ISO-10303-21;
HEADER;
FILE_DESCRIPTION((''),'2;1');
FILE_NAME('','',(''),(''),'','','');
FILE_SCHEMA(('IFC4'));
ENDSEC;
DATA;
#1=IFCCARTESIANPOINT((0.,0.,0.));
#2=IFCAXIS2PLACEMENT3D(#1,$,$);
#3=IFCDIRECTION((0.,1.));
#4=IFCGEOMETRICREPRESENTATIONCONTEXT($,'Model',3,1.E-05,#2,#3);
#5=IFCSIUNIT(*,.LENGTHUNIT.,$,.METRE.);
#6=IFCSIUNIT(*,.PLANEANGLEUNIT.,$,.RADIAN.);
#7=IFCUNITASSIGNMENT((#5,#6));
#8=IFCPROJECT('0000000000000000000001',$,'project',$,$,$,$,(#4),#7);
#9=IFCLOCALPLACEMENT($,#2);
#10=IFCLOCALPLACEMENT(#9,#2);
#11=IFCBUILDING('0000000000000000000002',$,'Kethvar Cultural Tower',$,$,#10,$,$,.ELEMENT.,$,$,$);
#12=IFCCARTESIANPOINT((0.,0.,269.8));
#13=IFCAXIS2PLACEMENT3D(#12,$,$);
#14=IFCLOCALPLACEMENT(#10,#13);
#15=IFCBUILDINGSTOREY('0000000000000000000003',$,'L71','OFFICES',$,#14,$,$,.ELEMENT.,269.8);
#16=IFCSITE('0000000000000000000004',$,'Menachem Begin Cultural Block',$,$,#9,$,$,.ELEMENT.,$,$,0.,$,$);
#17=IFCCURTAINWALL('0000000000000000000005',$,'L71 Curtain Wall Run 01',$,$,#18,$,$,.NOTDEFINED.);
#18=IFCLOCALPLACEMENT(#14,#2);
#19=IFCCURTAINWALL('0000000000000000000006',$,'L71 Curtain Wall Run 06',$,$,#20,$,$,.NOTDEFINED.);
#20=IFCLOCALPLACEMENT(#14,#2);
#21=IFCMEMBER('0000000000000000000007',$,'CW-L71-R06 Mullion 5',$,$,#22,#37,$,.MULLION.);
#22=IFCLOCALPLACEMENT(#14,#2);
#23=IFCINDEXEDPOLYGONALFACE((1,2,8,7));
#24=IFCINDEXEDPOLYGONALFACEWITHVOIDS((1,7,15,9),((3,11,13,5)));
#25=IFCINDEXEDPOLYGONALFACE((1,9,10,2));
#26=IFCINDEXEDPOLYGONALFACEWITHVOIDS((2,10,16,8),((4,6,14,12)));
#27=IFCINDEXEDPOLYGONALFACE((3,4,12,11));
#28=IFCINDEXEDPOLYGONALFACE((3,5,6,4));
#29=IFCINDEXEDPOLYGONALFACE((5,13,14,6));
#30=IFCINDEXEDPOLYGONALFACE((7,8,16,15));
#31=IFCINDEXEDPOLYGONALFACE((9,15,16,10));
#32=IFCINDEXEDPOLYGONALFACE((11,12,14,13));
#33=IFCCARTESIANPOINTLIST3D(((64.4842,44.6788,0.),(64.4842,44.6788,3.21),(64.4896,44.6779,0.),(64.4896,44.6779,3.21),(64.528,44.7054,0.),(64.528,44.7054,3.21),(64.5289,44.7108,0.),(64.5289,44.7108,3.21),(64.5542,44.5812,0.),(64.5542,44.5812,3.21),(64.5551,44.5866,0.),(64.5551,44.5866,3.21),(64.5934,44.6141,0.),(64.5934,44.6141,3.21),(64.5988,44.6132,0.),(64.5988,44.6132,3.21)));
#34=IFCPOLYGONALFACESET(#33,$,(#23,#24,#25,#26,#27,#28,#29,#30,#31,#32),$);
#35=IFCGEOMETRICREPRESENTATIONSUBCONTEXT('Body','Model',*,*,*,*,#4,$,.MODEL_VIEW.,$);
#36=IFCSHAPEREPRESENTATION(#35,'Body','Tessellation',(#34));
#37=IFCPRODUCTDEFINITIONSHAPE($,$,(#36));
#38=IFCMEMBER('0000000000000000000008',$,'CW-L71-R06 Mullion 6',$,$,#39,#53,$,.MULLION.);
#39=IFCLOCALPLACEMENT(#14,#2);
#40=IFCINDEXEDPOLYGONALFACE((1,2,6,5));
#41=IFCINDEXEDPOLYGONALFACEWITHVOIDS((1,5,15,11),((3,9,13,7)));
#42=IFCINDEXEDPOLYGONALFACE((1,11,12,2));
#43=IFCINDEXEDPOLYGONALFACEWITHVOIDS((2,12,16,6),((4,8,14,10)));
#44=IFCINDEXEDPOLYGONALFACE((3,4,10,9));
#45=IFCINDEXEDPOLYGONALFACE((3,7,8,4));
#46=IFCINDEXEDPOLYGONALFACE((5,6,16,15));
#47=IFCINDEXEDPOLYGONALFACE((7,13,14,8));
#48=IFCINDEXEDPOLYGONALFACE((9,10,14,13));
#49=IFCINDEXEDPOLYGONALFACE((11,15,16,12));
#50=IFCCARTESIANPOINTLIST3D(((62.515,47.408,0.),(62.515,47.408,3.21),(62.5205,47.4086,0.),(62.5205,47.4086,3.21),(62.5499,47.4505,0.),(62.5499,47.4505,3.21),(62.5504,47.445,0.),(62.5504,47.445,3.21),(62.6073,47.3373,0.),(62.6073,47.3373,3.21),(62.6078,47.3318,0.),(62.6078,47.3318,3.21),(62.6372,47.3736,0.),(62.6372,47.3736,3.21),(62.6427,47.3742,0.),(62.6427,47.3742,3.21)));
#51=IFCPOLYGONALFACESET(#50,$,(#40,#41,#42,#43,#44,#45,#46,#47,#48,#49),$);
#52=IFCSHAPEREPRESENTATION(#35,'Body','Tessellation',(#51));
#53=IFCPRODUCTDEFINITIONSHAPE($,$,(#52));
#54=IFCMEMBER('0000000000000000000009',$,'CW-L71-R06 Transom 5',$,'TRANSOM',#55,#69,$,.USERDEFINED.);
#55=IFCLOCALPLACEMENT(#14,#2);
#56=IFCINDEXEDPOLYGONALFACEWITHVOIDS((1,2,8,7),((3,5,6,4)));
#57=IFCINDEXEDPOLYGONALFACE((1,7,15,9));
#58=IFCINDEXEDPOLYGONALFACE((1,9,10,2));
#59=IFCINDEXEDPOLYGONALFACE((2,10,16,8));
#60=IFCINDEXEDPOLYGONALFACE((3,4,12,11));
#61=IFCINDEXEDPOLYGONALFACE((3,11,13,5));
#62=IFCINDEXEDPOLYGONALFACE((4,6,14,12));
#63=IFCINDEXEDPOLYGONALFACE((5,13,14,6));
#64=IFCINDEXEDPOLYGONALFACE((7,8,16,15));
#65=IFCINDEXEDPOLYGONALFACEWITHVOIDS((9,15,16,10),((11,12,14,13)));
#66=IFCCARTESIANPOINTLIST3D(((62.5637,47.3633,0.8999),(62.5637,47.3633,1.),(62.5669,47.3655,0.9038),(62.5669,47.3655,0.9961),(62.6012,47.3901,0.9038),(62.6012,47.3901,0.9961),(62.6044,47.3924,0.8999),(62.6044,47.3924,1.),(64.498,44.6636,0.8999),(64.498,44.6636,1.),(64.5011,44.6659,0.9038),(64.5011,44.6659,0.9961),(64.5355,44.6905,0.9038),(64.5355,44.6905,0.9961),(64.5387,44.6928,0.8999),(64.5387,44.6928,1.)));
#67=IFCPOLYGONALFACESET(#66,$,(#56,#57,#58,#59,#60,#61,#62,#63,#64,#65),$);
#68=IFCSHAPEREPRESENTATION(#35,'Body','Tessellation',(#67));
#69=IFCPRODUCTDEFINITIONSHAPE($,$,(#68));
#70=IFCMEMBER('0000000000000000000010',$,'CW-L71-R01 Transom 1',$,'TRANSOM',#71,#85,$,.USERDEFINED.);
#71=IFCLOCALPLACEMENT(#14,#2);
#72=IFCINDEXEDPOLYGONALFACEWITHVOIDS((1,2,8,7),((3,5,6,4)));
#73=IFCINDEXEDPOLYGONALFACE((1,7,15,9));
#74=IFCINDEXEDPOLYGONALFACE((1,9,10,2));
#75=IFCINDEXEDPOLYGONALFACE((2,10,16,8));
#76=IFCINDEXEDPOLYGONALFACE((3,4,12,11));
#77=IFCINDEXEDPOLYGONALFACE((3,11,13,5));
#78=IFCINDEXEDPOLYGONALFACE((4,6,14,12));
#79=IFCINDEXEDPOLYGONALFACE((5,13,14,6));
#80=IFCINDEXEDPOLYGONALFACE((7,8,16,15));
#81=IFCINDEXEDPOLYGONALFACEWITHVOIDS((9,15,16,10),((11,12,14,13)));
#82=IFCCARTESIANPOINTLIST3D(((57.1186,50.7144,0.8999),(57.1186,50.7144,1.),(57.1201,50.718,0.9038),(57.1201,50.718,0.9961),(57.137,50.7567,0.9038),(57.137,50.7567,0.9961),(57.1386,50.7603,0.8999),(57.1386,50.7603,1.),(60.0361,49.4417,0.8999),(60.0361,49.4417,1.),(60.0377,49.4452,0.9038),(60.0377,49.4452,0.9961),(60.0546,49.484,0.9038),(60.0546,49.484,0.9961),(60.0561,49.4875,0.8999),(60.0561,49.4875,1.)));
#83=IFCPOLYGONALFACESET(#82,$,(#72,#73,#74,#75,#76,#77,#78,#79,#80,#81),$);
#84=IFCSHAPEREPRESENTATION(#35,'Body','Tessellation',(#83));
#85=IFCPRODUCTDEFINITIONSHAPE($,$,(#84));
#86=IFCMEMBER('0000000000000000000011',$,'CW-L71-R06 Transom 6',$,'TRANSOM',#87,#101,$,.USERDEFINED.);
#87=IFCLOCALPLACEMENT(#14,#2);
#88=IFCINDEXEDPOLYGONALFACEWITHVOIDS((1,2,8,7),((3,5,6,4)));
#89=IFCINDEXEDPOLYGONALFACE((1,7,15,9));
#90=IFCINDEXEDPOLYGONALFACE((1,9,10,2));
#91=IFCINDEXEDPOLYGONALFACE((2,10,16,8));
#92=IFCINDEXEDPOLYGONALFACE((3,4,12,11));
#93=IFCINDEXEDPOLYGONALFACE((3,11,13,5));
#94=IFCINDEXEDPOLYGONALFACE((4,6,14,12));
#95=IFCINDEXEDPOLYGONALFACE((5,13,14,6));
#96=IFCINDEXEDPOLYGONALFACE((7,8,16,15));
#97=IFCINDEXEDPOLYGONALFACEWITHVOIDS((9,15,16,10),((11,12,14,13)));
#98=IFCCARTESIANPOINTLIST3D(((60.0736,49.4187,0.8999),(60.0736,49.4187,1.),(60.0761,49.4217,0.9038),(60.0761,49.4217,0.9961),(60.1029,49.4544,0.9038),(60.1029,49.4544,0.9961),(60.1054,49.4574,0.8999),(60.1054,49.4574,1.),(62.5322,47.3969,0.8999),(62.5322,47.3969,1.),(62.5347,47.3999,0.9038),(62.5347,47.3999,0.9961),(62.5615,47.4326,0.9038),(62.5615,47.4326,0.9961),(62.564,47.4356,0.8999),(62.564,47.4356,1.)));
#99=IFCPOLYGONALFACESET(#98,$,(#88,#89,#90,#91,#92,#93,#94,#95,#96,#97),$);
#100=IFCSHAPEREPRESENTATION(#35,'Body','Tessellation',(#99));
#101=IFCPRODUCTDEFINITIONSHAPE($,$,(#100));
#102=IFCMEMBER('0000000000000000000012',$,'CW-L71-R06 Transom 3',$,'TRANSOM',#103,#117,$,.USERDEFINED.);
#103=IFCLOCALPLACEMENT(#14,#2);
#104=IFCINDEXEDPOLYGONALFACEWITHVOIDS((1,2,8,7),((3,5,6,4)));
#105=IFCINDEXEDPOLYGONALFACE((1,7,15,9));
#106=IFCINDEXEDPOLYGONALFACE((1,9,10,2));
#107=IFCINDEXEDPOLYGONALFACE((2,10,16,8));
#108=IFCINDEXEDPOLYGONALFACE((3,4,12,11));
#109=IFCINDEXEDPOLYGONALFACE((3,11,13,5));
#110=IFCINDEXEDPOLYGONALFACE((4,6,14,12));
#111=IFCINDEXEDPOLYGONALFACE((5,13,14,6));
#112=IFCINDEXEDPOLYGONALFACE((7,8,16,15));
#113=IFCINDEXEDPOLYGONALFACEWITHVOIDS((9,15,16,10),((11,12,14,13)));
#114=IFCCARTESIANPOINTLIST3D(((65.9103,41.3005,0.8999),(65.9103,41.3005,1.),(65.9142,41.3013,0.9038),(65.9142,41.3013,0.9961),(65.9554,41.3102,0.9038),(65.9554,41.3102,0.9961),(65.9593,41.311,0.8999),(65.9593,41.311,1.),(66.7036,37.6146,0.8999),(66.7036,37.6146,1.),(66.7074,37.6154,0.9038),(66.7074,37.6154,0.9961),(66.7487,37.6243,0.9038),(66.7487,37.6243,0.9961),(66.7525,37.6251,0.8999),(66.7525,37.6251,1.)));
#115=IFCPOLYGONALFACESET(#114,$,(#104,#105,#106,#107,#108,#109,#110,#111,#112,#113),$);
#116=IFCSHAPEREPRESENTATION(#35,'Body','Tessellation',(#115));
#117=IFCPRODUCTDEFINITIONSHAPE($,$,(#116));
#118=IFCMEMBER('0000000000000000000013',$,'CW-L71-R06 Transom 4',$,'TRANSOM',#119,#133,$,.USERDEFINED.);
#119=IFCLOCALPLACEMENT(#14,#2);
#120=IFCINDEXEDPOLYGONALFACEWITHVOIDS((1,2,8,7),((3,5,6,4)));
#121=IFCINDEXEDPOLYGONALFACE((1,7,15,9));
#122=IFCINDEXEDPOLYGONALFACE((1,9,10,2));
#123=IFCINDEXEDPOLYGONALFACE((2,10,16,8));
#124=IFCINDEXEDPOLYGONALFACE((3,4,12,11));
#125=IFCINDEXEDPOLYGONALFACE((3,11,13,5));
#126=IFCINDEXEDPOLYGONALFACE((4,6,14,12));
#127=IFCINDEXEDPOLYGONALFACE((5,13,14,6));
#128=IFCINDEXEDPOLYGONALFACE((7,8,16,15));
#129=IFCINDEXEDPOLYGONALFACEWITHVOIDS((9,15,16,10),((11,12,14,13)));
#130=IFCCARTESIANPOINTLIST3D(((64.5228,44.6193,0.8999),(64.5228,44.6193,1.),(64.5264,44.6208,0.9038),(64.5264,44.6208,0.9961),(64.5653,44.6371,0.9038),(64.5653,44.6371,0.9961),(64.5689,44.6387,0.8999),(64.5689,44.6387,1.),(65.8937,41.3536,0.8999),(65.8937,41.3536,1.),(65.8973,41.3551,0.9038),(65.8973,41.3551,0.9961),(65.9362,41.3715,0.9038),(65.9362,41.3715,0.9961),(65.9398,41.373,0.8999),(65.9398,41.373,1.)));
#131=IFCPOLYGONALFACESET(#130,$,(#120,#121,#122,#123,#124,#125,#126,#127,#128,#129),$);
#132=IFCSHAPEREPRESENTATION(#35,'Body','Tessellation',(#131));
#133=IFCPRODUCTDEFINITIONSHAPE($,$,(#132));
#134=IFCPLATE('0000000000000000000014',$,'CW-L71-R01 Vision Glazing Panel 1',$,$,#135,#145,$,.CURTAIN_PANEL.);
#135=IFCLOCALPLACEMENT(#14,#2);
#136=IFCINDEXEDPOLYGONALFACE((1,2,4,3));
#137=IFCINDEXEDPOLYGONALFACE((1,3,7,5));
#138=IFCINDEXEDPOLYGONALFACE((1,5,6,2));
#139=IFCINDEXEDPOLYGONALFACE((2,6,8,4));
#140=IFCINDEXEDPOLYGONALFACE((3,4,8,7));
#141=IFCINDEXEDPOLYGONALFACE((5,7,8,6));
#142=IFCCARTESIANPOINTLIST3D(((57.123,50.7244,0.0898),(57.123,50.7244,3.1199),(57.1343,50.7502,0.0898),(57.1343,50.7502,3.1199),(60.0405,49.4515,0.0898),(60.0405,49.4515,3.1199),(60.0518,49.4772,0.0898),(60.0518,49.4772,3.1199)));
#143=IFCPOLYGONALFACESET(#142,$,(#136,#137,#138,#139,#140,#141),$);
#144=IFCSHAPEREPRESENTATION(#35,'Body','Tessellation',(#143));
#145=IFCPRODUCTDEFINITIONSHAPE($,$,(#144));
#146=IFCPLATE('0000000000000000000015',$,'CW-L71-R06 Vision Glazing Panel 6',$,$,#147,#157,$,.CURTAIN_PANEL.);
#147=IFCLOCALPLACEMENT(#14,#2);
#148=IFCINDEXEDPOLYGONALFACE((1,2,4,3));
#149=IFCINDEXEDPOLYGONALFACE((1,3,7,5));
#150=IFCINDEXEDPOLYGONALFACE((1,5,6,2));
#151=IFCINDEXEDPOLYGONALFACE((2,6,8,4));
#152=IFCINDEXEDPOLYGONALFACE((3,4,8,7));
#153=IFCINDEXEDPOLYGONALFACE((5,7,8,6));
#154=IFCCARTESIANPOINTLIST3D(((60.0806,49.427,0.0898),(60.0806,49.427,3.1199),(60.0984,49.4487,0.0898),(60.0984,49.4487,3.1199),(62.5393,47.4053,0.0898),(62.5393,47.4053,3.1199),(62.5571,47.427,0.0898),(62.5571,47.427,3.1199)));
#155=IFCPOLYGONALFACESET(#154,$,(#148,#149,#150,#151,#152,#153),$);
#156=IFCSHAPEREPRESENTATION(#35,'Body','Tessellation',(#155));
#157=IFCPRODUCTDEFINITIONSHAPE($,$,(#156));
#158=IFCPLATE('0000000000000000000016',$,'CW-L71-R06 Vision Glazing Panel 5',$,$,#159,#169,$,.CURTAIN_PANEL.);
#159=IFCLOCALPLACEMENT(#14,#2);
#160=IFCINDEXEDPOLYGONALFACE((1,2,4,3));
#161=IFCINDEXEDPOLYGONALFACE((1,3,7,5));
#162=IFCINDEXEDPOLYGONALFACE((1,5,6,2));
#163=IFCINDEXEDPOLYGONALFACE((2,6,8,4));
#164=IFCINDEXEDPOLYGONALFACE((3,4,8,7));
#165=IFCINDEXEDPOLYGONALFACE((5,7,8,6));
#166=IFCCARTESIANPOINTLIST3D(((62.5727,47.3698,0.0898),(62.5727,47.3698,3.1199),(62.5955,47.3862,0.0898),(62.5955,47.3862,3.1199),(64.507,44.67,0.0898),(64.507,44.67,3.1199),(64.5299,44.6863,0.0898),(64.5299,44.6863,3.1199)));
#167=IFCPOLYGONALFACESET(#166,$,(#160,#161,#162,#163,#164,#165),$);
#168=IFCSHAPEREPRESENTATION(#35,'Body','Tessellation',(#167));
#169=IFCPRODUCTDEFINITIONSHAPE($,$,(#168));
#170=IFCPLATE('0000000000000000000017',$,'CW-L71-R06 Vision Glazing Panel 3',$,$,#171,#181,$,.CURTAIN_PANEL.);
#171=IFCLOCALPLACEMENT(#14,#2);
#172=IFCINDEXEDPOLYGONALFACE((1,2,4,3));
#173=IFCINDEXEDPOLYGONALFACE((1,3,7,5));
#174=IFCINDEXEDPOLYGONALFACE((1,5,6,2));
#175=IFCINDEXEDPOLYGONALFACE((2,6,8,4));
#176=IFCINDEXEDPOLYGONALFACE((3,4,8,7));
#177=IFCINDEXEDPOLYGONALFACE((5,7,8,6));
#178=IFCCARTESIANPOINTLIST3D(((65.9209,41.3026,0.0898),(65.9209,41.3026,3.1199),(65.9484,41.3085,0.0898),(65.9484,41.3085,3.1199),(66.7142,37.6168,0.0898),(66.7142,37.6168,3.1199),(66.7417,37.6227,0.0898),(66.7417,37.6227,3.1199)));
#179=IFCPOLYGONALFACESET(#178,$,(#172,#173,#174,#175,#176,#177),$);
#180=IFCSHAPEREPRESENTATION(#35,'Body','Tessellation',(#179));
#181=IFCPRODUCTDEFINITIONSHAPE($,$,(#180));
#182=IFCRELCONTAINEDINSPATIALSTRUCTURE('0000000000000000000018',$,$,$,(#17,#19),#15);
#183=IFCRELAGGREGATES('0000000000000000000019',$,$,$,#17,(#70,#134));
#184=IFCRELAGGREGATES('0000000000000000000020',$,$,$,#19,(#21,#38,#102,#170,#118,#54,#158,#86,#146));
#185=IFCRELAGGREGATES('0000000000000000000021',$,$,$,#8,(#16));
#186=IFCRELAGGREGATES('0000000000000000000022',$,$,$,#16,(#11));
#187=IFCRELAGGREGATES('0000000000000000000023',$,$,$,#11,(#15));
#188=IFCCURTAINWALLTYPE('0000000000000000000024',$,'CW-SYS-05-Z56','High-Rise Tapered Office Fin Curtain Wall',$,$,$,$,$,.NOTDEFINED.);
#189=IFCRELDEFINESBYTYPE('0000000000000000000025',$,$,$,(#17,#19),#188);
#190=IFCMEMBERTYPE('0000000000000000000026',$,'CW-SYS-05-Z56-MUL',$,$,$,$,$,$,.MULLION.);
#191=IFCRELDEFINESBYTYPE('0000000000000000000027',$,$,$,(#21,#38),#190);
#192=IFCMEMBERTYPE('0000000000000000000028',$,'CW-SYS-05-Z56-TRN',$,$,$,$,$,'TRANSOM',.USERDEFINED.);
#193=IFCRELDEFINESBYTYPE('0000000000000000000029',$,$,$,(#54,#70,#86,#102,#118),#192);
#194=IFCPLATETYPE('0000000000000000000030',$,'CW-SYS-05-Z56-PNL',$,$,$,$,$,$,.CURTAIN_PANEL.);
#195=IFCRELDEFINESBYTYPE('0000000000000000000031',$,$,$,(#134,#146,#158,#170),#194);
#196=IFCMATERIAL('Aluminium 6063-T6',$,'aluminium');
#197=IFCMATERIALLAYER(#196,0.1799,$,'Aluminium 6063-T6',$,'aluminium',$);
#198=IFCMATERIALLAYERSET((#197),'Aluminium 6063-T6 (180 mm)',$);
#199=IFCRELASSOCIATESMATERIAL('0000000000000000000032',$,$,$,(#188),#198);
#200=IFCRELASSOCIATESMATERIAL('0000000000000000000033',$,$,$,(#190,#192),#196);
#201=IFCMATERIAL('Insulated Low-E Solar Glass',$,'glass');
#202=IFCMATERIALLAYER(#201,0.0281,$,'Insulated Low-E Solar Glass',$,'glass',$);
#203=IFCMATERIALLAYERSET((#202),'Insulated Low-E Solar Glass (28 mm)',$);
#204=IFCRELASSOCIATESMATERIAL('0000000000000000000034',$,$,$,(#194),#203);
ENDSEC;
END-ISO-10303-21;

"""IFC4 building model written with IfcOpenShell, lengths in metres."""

from ifc_helpers import new_model, si_unit, direction, frame, origin, origin_2d, place, context, subcontext, project, spatial, rectangle, hollow_rectangle, extrude, source, transform, mapped, material, layer, layer_set, material_profile, profile_set, type_object, element, aggregate, save


model = new_model("IFC4")

# Units and contexts
model_context = context("Model", 3, precision=1e-05, world=origin(), true_north=direction((0.0, 1.0)))
body_context = subcontext(model_context, "Body", "Model", "MODEL_VIEW")
ifc_project = project(units=[si_unit("LENGTHUNIT", "METRE"), si_unit("PLANEANGLEUNIT", "RADIAN")], contexts=[model_context])

# Site, building, storey
site_placement = place(None, origin())
site = spatial("IfcSite", under=ifc_project, at=site_placement, Name="Menachem Begin Cultural Block", CompositionType="ELEMENT", RefElevation=0.0)
building_placement = place(site_placement, origin())
building = spatial("IfcBuilding", under=site, at=building_placement, Name="Kethvar Cultural Tower", CompositionType="ELEMENT")
storey_placement = place(building_placement, frame((0.0, 0.0, 269.8)))
storey = spatial("IfcBuildingStorey", under=building, at=storey_placement, Name="L71", Description="OFFICES", CompositionType="ELEMENT", Elevation=269.8)

# Curtain wall
ifc_material_1 = material(Name="Aluminium 6063-T6", Category="aluminium")
ifc_layer_1 = layer(ifc_material_1, 0.1799, Name="Aluminium 6063-T6", Category="aluminium")
ifc_layer_set_1 = layer_set([ifc_layer_1], Name="Aluminium 6063-T6 (180 mm)")
curtain_wall_type = type_object("IfcCurtainWallType", Name="CW-SYS-05-Z56", Description="High-Rise Tapered Office Fin Curtain Wall", PredefinedType="NOTDEFINED", material=ifc_layer_set_1)
curtain_wall_1_placement = place(storey_placement, origin())
curtain_wall_1 = element("IfcCurtainWall", 1, at=curtain_wall_1_placement, inside=storey, type_object=curtain_wall_type, Name="L71 Curtain Wall Run 01", PredefinedType="NOTDEFINED")
ifc_material_profile_1 = material_profile(ifc_material_1, hollow_rectangle(XDim=0.0549, YDim=0.1201, WallThickness=0.0039, at=origin_2d()), Name="Aluminium 6063-T6 — RHS120x55x4")
ifc_profile_set_1 = profile_set([ifc_material_profile_1], Name="Aluminium 6063-T6 — RHS120x55x4")
member_type_1 = type_object("IfcMemberType", Name="CW-SYS-05-Z56-MUL", PredefinedType="MULLION", material=ifc_profile_set_1)
shared_shape_1 = source(origin(), body_context, "Body", "SweptSolid", [
    extrude(hollow_rectangle(XDim=0.0549, YDim=0.1201, WallThickness=0.0039, at=origin_2d()), origin(), (0.0, 0.0, 1.0), 3.21),
])

# Curtain wall, members
curtain_wall_2_placement = place(storey_placement, origin())
curtain_wall_2 = element("IfcCurtainWall", 2, at=curtain_wall_2_placement, inside=storey, type_object=curtain_wall_type, Name="L71 Curtain Wall Run 06", PredefinedType="NOTDEFINED")
member_1_placement = place(storey_placement, frame((64.5415, 44.646, 0.0), z_axis=(0.0, 0.0, 1.0), x_axis=(-0.812898, -0.582407, 0.0)))
member_1 = element("IfcMember", 3, at=member_1_placement, type_object=member_type_1, Name="CW-L71-R06 Mullion 5", PredefinedType="MULLION", context=body_context, shape_type="MappedRepresentation", body=[
    mapped(shared_shape_1, transform((0.0, 0.0, 0.0), scale=1.0)),
])
member_2_placement = place(storey_placement, frame((62.5789, 47.3911, 0.0), z_axis=(0.0, 0.0, 1.0), x_axis=(-0.635122, -0.772412, 0.0)))
member_2 = element("IfcMember", 4, at=member_2_placement, type_object=member_type_1, Name="CW-L71-R06 Mullion 6", PredefinedType="MULLION", context=body_context, shape_type="MappedRepresentation", body=[
    mapped(shared_shape_1, transform((0.0, 0.0, 0.0), scale=1.0)),
])
ifc_material_profile_2 = material_profile(ifc_material_1, hollow_rectangle(XDim=0.05, YDim=0.1001, WallThickness=0.0039, at=origin_2d()), Name="Aluminium 6063-T6 — RHS100x50x4")
ifc_profile_set_2 = profile_set([ifc_material_profile_2], Name="Aluminium 6063-T6 — RHS100x50x4")
member_type_2 = type_object("IfcMemberType", Name="CW-SYS-05-Z56-TRN", ElementType="TRANSOM", PredefinedType="USERDEFINED", material=ifc_profile_set_2)
shared_shape_2 = source(origin(), body_context, "Body", "SweptSolid", [
    extrude(hollow_rectangle(XDim=0.05, YDim=0.1001, WallThickness=0.0039, at=origin_2d()), origin(), (0.0, 0.0, 1.0), 3.321),
])
member_3_placement = place(storey_placement, frame((64.5183, 44.6782, 0.95), z_axis=(-0.582427, 0.812883, 0.0), x_axis=(-0.812883, -0.582427, 0.0)))
member_3 = element("IfcMember", 5, at=member_3_placement, type_object=member_type_2, Name="CW-L71-R06 Transom 5", ObjectType="TRANSOM", PredefinedType="USERDEFINED", context=body_context, shape_type="MappedRepresentation", body=[
    mapped(shared_shape_2, transform((0.0, 0.0, 0.0), scale=1.0)),
])

# Members
shared_shape_3 = source(origin(), body_context, "Body", "SweptSolid", [
    extrude(hollow_rectangle(XDim=0.05, YDim=0.1001, WallThickness=0.0039, at=origin_2d()), origin(), (0.0, 0.0, 1.0), 3.1831),
])
member_4_placement = place(storey_placement, frame((60.0461, 49.4646, 0.95), z_axis=(-0.916583, 0.399845, 0.0), x_axis=(-0.399845, -0.916583, 0.0)))
member_4 = element("IfcMember", 6, at=member_4_placement, type_object=member_type_2, Name="CW-L71-R01 Transom 1", ObjectType="TRANSOM", PredefinedType="USERDEFINED", context=body_context, shape_type="MappedRepresentation", body=[
    mapped(shared_shape_3, transform((0.0, 0.0, 0.0), scale=1.0)),
])
member_5_placement = place(storey_placement, frame((62.5481, 47.4163, 0.95), z_axis=(-0.772379, 0.635161, 0.0), x_axis=(-0.635161, -0.772379, 0.0)))
member_5 = element("IfcMember", 7, at=member_5_placement, type_object=member_type_2, Name="CW-L71-R06 Transom 6", ObjectType="TRANSOM", PredefinedType="USERDEFINED", context=body_context, shape_type="MappedRepresentation", body=[
    mapped(shared_shape_3, transform((0.0, 0.0, 0.0), scale=1.0)),
])
shared_shape_4 = source(origin(), body_context, "Body", "SweptSolid", [
    extrude(hollow_rectangle(XDim=0.05, YDim=0.1001, WallThickness=0.0039, at=origin_2d()), origin(), (0.0, 0.0, 1.0), 3.7703),
])
member_6_placement = place(storey_placement, frame((66.728, 37.6199, 0.95), z_axis=(-0.210391, 0.977617, 0.0), x_axis=(-0.977617, -0.210391, 0.0)))
member_6 = element("IfcMember", 8, at=member_6_placement, type_object=member_type_2, Name="CW-L71-R06 Transom 3", ObjectType="TRANSOM", PredefinedType="USERDEFINED", context=body_context, shape_type="MappedRepresentation", body=[
    mapped(shared_shape_4, transform((0.0, 0.0, 0.0), scale=1.0)),
])
shared_shape_5 = source(origin(), body_context, "Body", "SweptSolid", [
    extrude(hollow_rectangle(XDim=0.05, YDim=0.1001, WallThickness=0.0039, at=origin_2d()), origin(), (0.0, 0.0, 1.0), 3.5417),
])
member_7_placement = place(storey_placement, frame((65.9167, 41.3633, 0.95), z_axis=(-0.387061, 0.922054, 0.0), x_axis=(-0.922054, -0.387061, 0.0)))
member_7 = element("IfcMember", 9, at=member_7_placement, type_object=member_type_2, Name="CW-L71-R06 Transom 4", ObjectType="TRANSOM", PredefinedType="USERDEFINED", context=body_context, shape_type="MappedRepresentation", body=[
    mapped(shared_shape_5, transform((0.0, 0.0, 0.0), scale=1.0)),
])

# Plates
ifc_material_2 = material(Name="Insulated Low-E Solar Glass", Category="glass")
ifc_layer_2 = layer(ifc_material_2, 0.0281, Name="Insulated Low-E Solar Glass", Category="glass")
ifc_layer_set_2 = layer_set([ifc_layer_2], Name="Insulated Low-E Solar Glass (28 mm)")
plate_type = type_object("IfcPlateType", Name="CW-SYS-05-Z56-PNL", PredefinedType="CURTAIN_PANEL", material=ifc_layer_set_2)
shared_shape_6 = source(origin(), body_context, "Body", "SweptSolid", [
    extrude(rectangle(XDim=3.1831, YDim=0.0281, at=origin_2d()), origin(), (0.0, 0.0, 1.0), 3.03),
])
plate_1_placement = place(storey_placement, frame((58.5874, 50.1008, 0.0898), z_axis=(0.0, 0.0, 1.0), x_axis=(-0.916558, 0.399901, 0.0)))
plate_1 = element("IfcPlate", 10, at=plate_1_placement, type_object=plate_type, Name="CW-L71-R01 Vision Glazing Panel 1", PredefinedType="CURTAIN_PANEL", context=body_context, shape_type="MappedRepresentation", body=[
    mapped(shared_shape_6, transform((0.0, 0.0, 0.0), scale=1.0)),
])
aggregate(curtain_wall_1, [member_4, plate_1])
plate_2_placement = place(storey_placement, frame((61.3188, 48.427, 0.0898), z_axis=(0.0, 0.0, 1.0), x_axis=(-0.772412, 0.635122, 0.0)))
plate_2 = element("IfcPlate", 11, at=plate_2_placement, type_object=plate_type, Name="CW-L71-R06 Vision Glazing Panel 6", PredefinedType="CURTAIN_PANEL", context=body_context, shape_type="MappedRepresentation", body=[
    mapped(shared_shape_6, transform((0.0, 0.0, 0.0), scale=1.0)),
])
shared_shape_7 = source(origin(), body_context, "Body", "SweptSolid", [
    extrude(rectangle(XDim=3.3213, YDim=0.0281, at=origin_2d()), origin(), (0.0, 0.0, 1.0), 3.03),
])
plate_3_placement = place(storey_placement, frame((63.5513, 46.0281, 0.0898), z_axis=(0.0, 0.0, 1.0), x_axis=(-0.582407, 0.812898, 0.0)))
plate_3 = element("IfcPlate", 12, at=plate_3_placement, type_object=plate_type, Name="CW-L71-R06 Vision Glazing Panel 5", PredefinedType="CURTAIN_PANEL", context=body_context, shape_type="MappedRepresentation", body=[
    mapped(shared_shape_7, transform((0.0, 0.0, 0.0), scale=1.0)),
])
shared_shape_8 = source(origin(), body_context, "Body", "SweptSolid", [
    extrude(rectangle(XDim=3.7703, YDim=0.0281, at=origin_2d()), origin(), (0.0, 0.0, 1.0), 3.03),
])
plate_4_placement = place(storey_placement, frame((66.3313, 39.4626, 0.0898), z_axis=(0.0, 0.0, 1.0), x_axis=(-0.210421, 0.977611, 0.0)))
plate_4 = element("IfcPlate", 13, at=plate_4_placement, type_object=plate_type, Name="CW-L71-R06 Vision Glazing Panel 3", PredefinedType="CURTAIN_PANEL", context=body_context, shape_type="MappedRepresentation", body=[
    mapped(shared_shape_8, transform((0.0, 0.0, 0.0), scale=1.0)),
])
aggregate(curtain_wall_2, [member_1, member_2, member_6, plate_4, member_7, member_3, plate_3, member_5, plate_2])

save(model, "model.ifc")
